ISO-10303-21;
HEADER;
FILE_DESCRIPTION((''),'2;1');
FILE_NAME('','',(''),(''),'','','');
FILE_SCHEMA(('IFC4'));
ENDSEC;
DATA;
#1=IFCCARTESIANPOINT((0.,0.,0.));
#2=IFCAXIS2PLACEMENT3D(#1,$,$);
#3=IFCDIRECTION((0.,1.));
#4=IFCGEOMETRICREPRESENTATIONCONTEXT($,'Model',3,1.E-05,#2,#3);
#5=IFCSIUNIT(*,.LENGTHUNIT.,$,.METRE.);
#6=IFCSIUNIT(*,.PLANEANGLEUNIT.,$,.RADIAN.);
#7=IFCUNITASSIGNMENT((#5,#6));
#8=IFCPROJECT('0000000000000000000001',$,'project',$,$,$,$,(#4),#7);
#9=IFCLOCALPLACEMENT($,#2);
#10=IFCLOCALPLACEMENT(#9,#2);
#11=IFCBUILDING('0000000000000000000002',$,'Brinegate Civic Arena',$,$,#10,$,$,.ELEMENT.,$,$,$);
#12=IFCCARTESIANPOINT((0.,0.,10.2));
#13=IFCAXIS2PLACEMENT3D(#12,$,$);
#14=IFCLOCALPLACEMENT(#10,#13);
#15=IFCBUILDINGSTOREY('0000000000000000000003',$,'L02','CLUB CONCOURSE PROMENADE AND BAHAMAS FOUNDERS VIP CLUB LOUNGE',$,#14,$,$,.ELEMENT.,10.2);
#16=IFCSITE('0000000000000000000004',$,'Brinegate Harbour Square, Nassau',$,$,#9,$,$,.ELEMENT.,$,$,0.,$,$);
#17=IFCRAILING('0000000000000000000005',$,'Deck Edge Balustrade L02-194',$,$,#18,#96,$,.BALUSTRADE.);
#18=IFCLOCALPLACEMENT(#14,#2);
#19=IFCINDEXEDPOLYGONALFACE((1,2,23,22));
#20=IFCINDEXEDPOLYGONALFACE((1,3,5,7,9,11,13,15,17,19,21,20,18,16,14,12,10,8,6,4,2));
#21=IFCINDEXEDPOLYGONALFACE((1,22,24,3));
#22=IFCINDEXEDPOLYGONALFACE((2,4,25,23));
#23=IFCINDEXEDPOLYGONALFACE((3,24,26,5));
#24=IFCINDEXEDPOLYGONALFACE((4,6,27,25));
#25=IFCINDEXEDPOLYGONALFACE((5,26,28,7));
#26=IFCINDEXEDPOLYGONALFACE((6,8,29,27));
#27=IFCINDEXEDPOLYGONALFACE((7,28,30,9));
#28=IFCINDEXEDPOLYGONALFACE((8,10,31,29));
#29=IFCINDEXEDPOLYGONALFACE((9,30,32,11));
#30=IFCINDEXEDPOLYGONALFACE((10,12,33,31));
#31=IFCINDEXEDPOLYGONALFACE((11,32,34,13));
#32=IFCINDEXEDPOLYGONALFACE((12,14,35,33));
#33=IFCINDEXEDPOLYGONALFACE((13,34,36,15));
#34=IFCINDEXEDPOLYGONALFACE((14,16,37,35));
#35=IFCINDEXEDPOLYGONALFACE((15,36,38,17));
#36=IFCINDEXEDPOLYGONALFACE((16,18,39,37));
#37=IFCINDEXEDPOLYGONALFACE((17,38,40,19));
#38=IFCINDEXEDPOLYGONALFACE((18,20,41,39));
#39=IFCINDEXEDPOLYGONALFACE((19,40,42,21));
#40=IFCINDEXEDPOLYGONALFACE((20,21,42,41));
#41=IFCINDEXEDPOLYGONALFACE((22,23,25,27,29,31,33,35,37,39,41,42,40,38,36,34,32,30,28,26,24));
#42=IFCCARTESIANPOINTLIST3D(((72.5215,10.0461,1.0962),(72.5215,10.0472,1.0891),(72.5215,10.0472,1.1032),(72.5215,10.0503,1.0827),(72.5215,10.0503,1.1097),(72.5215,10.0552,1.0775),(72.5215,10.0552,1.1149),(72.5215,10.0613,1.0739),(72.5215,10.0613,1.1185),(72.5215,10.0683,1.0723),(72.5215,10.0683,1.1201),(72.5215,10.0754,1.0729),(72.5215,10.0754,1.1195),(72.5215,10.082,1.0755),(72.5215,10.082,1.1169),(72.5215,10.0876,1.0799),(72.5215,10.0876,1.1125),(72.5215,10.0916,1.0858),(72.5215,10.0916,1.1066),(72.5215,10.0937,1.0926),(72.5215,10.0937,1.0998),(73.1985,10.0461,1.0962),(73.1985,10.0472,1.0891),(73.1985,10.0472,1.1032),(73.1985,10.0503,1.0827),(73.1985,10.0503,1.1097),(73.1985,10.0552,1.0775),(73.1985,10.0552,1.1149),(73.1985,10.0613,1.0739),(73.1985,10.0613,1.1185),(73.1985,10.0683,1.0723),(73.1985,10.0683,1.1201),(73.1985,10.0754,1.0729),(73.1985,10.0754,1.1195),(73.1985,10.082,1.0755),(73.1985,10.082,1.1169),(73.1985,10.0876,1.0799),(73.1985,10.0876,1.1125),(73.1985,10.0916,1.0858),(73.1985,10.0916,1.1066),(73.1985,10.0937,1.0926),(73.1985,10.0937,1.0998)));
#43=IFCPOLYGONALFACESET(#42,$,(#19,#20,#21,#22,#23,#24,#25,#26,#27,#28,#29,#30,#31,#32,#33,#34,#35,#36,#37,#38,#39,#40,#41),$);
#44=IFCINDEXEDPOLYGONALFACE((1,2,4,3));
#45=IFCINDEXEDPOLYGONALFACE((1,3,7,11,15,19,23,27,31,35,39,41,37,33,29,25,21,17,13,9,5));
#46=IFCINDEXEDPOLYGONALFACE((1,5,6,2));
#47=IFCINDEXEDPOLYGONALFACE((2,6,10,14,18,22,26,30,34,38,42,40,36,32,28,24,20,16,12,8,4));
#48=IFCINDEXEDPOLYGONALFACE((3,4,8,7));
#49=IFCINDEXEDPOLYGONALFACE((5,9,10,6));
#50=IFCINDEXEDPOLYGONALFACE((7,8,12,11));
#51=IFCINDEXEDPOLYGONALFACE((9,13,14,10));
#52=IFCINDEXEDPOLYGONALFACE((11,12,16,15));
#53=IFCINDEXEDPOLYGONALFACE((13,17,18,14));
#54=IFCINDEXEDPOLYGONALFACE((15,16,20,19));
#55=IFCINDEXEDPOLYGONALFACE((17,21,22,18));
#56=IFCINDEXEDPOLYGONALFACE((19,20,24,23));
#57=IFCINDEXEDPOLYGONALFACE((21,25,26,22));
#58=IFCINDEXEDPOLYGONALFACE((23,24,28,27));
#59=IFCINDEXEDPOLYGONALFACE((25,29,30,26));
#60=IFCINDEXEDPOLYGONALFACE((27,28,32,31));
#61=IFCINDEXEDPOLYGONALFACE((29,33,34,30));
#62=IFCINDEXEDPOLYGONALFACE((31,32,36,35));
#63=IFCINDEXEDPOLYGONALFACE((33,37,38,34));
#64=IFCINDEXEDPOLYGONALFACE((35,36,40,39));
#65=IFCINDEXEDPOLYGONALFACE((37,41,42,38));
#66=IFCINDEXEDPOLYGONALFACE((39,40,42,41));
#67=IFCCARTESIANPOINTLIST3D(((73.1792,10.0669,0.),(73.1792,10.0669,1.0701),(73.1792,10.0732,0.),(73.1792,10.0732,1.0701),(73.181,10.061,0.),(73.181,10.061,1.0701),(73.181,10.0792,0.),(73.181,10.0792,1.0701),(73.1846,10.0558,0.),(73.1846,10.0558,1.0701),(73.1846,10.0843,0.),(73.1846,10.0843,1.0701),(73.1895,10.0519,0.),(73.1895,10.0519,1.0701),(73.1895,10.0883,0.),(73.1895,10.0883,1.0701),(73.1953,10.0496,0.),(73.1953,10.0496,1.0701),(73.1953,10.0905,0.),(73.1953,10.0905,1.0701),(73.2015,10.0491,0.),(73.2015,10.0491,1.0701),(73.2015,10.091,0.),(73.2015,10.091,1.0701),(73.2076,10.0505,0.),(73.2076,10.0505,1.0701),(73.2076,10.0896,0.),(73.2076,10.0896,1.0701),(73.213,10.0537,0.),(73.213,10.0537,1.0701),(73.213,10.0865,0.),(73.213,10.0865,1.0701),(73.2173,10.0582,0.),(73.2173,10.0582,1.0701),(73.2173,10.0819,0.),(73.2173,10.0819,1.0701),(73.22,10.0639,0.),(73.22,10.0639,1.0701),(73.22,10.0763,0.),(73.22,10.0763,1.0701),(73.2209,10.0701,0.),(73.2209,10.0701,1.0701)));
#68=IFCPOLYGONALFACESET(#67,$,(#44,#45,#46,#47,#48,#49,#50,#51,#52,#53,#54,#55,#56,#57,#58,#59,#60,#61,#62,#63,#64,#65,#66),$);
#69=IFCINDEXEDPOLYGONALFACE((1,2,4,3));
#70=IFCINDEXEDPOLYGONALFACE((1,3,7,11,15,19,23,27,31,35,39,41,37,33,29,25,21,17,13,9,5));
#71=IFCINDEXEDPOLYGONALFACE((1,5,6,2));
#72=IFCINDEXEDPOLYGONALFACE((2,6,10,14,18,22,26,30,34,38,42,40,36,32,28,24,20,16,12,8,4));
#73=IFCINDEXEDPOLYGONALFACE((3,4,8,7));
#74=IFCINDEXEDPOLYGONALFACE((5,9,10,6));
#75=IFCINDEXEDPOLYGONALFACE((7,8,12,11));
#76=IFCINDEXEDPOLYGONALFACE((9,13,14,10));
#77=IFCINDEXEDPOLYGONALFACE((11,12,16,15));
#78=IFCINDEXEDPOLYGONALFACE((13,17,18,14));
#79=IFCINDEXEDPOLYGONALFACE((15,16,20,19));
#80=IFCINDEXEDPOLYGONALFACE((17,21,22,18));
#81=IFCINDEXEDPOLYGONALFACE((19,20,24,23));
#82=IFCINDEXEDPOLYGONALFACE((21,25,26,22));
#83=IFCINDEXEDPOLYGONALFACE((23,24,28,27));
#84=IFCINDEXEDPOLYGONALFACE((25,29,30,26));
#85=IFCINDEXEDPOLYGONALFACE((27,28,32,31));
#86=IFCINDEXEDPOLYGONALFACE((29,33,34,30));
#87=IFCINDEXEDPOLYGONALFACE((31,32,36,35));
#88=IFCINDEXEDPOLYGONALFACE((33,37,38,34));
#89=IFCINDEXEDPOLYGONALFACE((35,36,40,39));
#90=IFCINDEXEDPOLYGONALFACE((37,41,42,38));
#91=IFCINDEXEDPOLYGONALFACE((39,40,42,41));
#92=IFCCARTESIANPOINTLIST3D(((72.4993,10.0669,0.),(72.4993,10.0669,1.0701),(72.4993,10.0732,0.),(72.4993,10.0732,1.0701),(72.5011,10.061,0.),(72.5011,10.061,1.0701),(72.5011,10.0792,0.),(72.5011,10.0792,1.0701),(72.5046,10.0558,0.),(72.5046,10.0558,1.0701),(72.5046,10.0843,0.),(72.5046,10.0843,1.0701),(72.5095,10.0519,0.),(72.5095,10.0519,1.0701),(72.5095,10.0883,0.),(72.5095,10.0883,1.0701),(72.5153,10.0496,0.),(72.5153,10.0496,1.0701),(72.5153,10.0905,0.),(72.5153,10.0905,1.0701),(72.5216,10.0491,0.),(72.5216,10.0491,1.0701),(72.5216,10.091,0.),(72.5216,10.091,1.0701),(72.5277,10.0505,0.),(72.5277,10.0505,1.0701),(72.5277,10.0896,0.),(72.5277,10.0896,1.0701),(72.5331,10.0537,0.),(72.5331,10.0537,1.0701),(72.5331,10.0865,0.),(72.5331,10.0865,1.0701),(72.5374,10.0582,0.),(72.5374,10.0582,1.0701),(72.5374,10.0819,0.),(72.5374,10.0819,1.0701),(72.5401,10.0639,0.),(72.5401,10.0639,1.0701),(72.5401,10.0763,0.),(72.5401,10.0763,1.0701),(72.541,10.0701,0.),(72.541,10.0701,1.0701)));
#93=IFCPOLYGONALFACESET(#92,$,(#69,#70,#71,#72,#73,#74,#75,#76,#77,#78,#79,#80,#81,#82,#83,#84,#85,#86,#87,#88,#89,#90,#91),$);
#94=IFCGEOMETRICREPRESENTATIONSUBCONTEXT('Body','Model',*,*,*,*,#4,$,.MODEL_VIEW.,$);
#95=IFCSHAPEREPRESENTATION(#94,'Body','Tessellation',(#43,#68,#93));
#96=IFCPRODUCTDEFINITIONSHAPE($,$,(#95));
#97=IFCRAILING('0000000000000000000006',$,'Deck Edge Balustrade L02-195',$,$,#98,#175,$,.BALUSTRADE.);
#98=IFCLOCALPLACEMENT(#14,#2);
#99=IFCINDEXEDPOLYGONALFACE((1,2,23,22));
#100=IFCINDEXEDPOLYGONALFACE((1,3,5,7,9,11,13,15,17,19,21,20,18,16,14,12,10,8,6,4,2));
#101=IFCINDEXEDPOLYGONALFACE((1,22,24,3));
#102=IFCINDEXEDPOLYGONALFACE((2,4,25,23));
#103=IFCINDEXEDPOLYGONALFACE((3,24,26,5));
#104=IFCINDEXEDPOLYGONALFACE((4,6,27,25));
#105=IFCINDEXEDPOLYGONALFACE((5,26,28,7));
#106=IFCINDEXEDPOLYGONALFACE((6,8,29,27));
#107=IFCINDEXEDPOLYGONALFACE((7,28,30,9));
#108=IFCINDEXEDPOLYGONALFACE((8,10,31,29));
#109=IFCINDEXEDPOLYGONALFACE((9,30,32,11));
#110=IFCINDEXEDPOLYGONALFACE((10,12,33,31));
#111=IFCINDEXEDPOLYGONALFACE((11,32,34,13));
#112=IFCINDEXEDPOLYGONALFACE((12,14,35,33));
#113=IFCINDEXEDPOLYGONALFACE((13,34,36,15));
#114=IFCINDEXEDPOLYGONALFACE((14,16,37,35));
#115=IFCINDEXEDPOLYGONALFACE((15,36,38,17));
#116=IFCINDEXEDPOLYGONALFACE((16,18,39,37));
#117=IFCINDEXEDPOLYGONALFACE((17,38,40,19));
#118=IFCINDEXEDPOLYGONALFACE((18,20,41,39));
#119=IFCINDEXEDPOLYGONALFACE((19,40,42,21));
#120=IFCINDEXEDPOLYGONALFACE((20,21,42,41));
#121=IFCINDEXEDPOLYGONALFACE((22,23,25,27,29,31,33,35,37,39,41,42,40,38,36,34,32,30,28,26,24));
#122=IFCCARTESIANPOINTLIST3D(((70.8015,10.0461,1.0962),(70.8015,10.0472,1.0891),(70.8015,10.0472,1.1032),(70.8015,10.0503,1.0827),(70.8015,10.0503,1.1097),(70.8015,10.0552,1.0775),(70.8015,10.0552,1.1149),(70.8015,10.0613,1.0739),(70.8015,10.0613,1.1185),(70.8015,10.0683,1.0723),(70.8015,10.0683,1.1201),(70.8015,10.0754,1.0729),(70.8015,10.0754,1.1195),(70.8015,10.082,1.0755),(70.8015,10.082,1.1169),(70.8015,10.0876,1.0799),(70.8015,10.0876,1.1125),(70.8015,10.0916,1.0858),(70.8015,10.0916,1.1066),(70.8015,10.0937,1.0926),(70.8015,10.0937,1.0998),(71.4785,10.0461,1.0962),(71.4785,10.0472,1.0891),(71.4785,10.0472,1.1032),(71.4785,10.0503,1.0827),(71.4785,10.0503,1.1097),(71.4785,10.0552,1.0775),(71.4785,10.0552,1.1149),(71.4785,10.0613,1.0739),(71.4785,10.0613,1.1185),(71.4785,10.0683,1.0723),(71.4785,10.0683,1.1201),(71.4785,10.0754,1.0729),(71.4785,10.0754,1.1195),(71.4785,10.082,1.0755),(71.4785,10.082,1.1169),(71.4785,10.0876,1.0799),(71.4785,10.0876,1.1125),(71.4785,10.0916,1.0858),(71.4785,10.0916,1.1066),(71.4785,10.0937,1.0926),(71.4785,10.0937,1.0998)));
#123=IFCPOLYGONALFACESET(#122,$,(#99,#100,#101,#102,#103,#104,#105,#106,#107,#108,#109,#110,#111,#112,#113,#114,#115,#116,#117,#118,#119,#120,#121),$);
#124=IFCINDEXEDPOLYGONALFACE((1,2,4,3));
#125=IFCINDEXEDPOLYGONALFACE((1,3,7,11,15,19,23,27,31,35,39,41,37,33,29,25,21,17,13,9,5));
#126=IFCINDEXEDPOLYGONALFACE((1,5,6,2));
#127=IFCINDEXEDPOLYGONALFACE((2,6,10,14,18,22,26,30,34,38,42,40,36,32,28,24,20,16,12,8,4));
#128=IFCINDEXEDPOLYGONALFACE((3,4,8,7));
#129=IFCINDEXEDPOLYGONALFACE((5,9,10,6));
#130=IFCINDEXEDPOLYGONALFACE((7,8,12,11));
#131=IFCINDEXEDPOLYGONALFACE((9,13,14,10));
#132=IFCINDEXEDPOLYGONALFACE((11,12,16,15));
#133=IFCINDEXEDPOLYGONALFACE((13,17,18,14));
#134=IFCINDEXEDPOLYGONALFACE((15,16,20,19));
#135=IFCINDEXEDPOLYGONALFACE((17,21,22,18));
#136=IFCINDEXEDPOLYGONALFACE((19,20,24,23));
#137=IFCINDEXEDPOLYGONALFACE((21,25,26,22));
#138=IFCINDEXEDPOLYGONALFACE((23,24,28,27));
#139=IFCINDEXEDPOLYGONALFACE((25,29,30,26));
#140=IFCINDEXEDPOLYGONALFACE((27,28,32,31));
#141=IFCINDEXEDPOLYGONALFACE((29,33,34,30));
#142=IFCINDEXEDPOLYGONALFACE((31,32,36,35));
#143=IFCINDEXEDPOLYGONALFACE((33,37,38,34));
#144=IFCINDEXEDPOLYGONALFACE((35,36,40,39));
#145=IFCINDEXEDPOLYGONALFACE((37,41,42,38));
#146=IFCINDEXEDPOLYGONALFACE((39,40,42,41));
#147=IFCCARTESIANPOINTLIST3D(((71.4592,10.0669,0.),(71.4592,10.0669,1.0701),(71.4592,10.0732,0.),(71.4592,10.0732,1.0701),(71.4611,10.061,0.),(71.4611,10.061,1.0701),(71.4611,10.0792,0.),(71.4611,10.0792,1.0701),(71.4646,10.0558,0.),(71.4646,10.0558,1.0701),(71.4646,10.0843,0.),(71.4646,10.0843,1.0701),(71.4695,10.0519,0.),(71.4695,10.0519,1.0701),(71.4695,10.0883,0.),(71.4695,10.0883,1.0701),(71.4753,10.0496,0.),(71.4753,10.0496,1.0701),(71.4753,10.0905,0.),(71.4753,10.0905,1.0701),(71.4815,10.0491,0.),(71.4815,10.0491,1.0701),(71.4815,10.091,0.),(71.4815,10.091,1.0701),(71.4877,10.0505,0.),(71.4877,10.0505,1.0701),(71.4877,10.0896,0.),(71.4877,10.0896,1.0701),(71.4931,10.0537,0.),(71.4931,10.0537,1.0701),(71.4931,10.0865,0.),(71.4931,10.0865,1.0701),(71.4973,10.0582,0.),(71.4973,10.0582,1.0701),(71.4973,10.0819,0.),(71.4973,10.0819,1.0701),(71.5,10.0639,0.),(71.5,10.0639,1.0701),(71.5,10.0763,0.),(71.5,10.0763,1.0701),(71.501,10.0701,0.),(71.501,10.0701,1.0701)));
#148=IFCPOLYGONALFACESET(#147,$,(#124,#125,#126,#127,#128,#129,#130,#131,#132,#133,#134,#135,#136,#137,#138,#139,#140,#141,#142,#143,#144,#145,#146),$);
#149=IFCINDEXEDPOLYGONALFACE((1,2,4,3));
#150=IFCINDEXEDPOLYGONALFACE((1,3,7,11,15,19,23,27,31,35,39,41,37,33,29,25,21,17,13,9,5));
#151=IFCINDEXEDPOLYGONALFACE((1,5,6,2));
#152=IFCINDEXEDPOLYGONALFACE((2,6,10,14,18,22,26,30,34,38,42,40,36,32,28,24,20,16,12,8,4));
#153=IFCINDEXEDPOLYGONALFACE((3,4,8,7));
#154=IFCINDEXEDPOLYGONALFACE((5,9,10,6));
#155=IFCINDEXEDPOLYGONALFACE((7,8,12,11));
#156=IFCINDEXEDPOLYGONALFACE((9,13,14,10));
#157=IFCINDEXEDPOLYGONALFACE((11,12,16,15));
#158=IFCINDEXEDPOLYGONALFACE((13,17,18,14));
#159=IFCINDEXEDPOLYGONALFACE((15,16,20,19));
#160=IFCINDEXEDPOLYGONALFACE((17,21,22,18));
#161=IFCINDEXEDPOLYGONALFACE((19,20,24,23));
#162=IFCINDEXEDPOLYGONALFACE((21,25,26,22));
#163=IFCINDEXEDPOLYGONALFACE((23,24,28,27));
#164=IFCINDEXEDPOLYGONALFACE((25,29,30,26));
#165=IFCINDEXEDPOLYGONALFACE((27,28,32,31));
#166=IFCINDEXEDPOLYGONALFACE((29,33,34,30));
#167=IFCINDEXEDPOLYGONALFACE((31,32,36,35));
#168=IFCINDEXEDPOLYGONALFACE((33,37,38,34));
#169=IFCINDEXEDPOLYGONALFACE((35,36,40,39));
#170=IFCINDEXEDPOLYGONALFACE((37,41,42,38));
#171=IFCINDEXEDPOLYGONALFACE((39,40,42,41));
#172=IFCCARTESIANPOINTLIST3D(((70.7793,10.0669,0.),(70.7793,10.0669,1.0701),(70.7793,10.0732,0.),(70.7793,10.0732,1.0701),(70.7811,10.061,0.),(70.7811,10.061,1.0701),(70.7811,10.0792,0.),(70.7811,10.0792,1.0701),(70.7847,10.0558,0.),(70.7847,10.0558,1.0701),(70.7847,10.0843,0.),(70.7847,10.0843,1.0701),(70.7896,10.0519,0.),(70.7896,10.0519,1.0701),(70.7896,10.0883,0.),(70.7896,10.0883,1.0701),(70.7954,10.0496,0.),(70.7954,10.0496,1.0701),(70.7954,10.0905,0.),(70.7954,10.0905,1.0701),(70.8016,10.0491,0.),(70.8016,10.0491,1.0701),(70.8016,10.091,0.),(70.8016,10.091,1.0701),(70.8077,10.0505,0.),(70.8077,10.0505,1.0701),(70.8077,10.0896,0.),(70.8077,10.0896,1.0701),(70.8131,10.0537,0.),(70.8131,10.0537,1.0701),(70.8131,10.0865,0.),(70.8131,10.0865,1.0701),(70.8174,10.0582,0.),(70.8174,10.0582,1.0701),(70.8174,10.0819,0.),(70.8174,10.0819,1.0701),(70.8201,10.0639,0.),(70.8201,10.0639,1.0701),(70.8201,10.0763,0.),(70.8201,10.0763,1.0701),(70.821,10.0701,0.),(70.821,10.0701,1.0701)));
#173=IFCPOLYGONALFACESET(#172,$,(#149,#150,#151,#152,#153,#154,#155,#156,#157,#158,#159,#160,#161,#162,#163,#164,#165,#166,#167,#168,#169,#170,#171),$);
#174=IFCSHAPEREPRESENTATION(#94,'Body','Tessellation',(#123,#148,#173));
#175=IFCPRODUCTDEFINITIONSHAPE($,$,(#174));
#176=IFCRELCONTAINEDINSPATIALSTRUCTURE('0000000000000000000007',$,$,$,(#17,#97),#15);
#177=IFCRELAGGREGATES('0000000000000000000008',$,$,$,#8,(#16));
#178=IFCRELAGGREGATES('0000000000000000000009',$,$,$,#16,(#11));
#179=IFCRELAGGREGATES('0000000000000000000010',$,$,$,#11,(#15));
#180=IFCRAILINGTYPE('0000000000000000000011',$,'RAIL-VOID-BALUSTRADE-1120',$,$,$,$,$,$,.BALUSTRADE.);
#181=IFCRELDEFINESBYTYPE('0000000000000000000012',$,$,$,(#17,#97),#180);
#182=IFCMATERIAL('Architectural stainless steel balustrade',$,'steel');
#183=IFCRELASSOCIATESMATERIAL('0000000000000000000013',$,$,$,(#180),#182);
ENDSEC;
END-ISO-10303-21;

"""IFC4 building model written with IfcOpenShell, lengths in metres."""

from ifc_helpers import new_model, si_unit, direction, frame, origin, origin_2d, place, context, subcontext, project, spatial, circle, extrude, material, type_object, element, save


model = new_model("IFC4")

# Units and contexts
model_context = context("Model", 3, precision=1e-05, world=origin(), true_north=direction((0.0, 1.0)))
body_context = subcontext(model_context, "Body", "Model", "MODEL_VIEW")
ifc_project = project(units=[si_unit("LENGTHUNIT", "METRE"), si_unit("PLANEANGLEUNIT", "RADIAN")], contexts=[model_context])

# Site, building, storey
site_placement = place(None, origin())
site = spatial("IfcSite", under=ifc_project, at=site_placement, Name="Brinegate Harbour Square, Nassau", CompositionType="ELEMENT", RefElevation=0.0)
building_placement = place(site_placement, origin())
building = spatial("IfcBuilding", under=site, at=building_placement, Name="Brinegate Civic Arena", CompositionType="ELEMENT")
storey_placement = place(building_placement, frame((0.0, 0.0, 10.2)))
storey = spatial("IfcBuildingStorey", under=building, at=storey_placement, Name="L02", Description="CLUB CONCOURSE PROMENADE AND BAHAMAS FOUNDERS VIP CLUB LOUNGE", CompositionType="ELEMENT", Elevation=10.2)

# Railings
ifc_material_1 = material(Name="Architectural stainless steel balustrade", Category="steel")
railing_type_1 = type_object("IfcRailingType", Name="RAIL-VOID-BALUSTRADE-1120", PredefinedType="BALUSTRADE", material=ifc_material_1)
for number, where, name in (
    (1, (73.2, 10.0701, 0.0), "Deck Edge Balustrade L02-194"),
    (2, (71.48, 10.0701, 0.0), "Deck Edge Balustrade L02-195"),
):
    element("IfcRailing", number, at=place(storey_placement, frame(where)), inside=storey, type_object=railing_type_1, Name=name, PredefinedType="BALUSTRADE", context=body_context, shape_type="SweptSolid", body=[
        extrude(circle(Radius=0.0239, at=origin_2d()), frame((-0.0015, 0.0, 1.0962), z_axis=(-1.0, 0.0, 0.0), x_axis=(0.0, -1.0, 0.0)), (0.0, 0.0, 1.0), 0.677),
        extrude(circle(Radius=0.021, at=origin_2d()), origin(), (0.0, 0.0, 1.0), 1.0701),
        extrude(circle(Radius=0.021, at=origin_2d()), frame((-0.6799, 0.0, 0.0)), (0.0, 0.0, 1.0), 1.0701),
    ])

save(model, "model.ifc")
